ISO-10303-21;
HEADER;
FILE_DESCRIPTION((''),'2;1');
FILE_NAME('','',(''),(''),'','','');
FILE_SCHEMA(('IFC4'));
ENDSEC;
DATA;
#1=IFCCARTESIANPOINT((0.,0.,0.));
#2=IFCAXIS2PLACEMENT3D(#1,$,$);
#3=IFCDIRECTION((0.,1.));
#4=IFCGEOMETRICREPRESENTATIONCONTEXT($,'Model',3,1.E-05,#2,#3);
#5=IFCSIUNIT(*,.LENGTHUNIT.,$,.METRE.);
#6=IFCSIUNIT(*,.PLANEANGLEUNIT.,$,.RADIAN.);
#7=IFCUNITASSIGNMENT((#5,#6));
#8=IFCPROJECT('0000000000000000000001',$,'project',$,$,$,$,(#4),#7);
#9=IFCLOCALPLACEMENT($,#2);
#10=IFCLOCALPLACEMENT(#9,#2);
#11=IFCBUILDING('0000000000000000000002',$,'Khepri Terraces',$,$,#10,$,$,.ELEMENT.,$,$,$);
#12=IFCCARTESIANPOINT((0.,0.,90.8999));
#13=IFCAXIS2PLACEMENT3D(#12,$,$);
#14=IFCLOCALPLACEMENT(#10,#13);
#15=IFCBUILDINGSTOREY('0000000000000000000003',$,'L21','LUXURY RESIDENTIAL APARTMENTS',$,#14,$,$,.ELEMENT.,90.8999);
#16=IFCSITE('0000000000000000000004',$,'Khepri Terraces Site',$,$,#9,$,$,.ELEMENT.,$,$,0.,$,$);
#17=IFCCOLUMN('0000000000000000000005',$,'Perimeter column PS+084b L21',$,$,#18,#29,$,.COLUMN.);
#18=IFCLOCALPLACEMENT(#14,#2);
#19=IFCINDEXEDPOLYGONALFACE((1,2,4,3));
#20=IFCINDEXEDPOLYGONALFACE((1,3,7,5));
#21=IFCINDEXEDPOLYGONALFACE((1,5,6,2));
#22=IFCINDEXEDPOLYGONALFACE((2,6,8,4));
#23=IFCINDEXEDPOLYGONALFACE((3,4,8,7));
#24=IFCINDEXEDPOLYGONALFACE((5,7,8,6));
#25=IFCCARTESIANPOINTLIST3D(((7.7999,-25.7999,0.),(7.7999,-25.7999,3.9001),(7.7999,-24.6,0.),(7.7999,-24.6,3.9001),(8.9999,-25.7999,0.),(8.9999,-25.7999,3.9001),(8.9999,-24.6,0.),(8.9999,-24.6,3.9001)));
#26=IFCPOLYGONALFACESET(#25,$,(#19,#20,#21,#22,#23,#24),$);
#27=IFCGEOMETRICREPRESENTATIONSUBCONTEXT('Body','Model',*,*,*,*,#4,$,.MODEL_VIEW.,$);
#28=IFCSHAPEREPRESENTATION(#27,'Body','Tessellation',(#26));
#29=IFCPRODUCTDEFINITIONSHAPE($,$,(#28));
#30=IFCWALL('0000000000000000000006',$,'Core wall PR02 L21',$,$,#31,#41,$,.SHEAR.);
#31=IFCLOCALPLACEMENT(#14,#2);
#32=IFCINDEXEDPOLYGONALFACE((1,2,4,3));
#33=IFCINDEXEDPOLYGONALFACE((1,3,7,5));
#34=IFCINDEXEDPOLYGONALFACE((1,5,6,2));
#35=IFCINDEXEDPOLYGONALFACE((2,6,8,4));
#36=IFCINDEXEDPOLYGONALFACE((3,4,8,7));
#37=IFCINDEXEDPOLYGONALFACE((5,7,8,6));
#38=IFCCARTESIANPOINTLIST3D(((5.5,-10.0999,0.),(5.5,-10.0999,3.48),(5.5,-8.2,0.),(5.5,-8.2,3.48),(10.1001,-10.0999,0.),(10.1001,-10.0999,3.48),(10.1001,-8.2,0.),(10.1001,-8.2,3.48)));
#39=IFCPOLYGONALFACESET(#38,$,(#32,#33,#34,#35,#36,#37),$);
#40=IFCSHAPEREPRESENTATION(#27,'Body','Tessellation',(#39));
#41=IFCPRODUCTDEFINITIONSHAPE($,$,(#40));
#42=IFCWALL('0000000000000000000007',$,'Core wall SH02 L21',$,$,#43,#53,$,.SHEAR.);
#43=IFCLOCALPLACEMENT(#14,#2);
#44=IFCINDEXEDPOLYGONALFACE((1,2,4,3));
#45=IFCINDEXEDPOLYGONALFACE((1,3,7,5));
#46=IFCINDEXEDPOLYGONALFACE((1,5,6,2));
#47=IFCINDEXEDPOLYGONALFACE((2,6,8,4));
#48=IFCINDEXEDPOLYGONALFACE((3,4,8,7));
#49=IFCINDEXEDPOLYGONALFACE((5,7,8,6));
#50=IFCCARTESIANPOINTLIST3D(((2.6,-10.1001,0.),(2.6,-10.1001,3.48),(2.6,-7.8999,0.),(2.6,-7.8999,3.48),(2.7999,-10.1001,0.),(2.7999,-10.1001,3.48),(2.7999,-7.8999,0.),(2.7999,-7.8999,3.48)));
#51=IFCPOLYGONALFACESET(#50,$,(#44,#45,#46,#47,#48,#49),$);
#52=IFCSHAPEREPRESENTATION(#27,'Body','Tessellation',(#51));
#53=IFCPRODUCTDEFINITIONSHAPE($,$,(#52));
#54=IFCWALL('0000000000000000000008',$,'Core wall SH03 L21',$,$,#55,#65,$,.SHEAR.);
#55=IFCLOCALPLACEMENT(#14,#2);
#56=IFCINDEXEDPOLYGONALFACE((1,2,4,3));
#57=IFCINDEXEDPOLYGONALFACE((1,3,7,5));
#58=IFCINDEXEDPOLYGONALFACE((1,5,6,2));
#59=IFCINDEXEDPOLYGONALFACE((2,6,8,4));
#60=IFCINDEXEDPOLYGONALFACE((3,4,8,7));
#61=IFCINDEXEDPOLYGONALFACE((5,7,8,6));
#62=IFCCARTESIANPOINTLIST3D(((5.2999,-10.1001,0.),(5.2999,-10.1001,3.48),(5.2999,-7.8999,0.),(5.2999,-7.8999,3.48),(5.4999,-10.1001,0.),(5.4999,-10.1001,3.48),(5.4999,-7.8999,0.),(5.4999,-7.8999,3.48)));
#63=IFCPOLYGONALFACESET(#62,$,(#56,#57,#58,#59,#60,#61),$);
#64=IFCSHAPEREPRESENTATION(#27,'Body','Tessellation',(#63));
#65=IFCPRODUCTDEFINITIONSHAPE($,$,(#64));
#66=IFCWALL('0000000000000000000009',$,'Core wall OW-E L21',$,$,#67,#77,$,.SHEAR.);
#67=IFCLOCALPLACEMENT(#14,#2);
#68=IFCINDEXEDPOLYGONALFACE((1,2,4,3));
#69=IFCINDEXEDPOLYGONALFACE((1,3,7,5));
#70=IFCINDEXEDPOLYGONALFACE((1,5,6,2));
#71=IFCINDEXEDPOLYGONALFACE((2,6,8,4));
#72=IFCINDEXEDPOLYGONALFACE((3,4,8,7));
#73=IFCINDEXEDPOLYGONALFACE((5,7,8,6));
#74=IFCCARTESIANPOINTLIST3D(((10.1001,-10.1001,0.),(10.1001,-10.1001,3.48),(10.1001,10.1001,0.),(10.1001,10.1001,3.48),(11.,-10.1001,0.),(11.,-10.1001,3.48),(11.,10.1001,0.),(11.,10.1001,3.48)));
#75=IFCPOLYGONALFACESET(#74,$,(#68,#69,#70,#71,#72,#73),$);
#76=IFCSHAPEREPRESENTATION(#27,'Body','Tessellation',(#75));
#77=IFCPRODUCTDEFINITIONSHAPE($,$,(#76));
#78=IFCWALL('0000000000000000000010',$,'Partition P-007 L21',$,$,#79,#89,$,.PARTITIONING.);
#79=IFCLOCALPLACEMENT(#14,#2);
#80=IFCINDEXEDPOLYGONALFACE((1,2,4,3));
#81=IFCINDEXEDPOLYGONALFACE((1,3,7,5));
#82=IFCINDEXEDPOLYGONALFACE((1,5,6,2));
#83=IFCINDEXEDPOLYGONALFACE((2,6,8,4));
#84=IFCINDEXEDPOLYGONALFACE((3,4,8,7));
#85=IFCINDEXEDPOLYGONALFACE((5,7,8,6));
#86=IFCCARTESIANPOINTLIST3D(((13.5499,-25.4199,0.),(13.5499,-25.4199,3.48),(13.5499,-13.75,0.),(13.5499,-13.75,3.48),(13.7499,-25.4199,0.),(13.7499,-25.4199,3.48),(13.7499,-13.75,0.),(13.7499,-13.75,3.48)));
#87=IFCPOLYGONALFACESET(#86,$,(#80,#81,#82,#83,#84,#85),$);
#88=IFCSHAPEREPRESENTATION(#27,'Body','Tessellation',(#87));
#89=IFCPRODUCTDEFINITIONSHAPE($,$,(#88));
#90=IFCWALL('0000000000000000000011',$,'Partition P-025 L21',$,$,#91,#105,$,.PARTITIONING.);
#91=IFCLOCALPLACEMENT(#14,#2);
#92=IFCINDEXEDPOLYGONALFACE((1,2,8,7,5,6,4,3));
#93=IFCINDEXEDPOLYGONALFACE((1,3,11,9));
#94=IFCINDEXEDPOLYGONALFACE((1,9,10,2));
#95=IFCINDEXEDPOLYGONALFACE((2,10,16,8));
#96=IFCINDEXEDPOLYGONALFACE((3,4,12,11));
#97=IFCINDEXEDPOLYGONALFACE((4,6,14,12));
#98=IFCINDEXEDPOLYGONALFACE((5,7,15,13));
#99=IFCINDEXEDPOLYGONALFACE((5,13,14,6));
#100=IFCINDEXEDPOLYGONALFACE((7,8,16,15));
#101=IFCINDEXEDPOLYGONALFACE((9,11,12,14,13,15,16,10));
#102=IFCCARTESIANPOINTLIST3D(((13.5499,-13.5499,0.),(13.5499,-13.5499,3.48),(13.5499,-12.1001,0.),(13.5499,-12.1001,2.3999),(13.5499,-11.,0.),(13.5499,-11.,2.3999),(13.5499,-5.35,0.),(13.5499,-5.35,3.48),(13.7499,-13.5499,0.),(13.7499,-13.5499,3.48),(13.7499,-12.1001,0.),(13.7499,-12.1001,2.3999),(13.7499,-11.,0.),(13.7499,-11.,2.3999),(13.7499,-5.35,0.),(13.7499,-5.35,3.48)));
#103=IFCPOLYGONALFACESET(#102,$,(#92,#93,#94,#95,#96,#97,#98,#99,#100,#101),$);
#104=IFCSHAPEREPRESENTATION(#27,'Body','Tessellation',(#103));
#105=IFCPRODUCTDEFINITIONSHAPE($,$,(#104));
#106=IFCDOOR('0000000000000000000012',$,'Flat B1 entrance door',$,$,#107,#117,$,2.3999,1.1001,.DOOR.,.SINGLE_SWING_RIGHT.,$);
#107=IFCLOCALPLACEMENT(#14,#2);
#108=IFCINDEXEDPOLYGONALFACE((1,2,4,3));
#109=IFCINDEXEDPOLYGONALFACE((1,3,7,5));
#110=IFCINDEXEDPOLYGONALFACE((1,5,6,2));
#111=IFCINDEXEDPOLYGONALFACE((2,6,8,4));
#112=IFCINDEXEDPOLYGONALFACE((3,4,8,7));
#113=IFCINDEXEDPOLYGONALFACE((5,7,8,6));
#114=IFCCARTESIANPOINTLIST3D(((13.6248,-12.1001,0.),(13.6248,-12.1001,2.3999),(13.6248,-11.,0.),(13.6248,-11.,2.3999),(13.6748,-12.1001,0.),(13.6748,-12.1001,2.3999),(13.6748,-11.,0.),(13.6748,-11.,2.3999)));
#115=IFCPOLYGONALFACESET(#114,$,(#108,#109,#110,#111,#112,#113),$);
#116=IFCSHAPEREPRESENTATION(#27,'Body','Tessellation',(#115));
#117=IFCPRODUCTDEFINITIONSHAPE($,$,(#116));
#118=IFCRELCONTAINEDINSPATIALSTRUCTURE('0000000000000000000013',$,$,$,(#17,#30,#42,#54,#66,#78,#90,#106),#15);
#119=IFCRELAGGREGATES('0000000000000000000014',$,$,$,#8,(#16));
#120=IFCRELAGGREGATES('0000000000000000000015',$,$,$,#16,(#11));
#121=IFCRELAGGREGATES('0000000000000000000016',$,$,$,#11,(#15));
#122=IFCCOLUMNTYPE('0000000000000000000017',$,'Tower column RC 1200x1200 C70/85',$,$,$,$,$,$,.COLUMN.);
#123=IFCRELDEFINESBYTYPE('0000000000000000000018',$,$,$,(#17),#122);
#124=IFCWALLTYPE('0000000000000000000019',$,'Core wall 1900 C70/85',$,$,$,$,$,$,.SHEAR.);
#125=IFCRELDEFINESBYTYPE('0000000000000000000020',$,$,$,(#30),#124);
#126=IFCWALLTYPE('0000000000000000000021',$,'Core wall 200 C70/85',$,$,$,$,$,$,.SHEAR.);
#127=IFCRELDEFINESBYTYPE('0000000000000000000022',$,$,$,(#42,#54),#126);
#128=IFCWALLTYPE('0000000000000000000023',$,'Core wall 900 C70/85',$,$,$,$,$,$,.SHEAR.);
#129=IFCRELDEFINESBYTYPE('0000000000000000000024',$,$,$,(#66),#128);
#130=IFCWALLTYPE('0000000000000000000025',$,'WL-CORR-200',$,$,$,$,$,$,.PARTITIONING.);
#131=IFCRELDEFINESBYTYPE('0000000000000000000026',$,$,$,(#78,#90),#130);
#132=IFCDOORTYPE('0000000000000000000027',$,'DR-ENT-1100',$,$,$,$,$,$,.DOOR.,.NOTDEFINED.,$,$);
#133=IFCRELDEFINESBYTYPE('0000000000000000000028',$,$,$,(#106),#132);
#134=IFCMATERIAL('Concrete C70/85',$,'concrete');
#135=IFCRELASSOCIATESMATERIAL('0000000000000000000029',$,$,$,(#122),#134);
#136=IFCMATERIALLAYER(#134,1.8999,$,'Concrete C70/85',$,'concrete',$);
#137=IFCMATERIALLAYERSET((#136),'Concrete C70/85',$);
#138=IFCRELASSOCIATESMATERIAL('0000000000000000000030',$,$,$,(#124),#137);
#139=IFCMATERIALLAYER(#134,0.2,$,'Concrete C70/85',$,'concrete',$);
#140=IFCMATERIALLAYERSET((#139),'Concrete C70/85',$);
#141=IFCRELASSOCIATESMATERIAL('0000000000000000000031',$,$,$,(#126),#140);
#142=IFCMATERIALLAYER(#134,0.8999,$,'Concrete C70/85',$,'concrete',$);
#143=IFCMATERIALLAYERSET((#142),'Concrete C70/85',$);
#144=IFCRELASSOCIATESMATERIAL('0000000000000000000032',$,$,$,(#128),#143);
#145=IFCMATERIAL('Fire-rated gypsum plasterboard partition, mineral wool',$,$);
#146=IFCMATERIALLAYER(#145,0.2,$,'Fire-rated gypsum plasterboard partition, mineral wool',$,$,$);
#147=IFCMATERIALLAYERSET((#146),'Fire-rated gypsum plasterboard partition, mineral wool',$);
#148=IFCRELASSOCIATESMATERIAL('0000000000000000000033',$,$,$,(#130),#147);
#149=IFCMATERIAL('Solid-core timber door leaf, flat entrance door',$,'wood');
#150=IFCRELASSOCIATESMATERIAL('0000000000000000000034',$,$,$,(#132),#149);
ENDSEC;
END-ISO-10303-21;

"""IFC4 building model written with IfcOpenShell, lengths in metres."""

from ifc_helpers import new_model, si_unit, direction, frame, frame_2d, origin, origin_2d, place, context, subcontext, project, spatial, rectangle, extrude, material, layer, layer_set, material_profile, profile_set, type_object, element, fill, save


model = new_model("IFC4")

# Units and contexts
model_context = context("Model", 3, precision=1e-05, world=origin(), true_north=direction((0.0, 1.0)))
body_context = subcontext(model_context, "Body", "Model", "MODEL_VIEW")
ifc_project = project(units=[si_unit("LENGTHUNIT", "METRE"), si_unit("PLANEANGLEUNIT", "RADIAN")], contexts=[model_context])

# Site, building, storey
site_placement = place(None, origin())
site = spatial("IfcSite", under=ifc_project, at=site_placement, Name="Khepri Terraces Site", CompositionType="ELEMENT", RefElevation=0.0)
building_placement = place(site_placement, origin())
building = spatial("IfcBuilding", under=site, at=building_placement, Name="Khepri Terraces", CompositionType="ELEMENT")
storey_placement = place(building_placement, frame((0.0, 0.0, 90.8999)))
storey = spatial("IfcBuildingStorey", under=building, at=storey_placement, Name="L21", Description="LUXURY RESIDENTIAL APARTMENTS", CompositionType="ELEMENT", Elevation=90.8999)

# Column
ifc_material_1 = material(Name="Concrete C70/85", Category="concrete")
ifc_material_profile = material_profile(ifc_material_1, rectangle(XDim=1.2, YDim=1.2, at=origin_2d()), Name="Concrete C70/85", Category="concrete")
ifc_profile_set = profile_set([ifc_material_profile], Name="Concrete C70/85")
column_type = type_object("IfcColumnType", Name="Tower column RC 1200x1200 C70/85", PredefinedType="COLUMN", material=ifc_profile_set)
column_placement = place(storey_placement, frame((8.3999, -25.2, 0.0), z_axis=(0.0, 0.0, 1.0), x_axis=(1.0, 0.0, 0.0)))
element("IfcColumn", 1, at=column_placement, inside=storey, type_object=column_type, Name="Perimeter column PS+084b L21", PredefinedType="COLUMN", context=body_context, shape_type="SweptSolid", body=[
    extrude(rectangle(XDim=1.2, YDim=1.2, at=origin_2d()), origin(), (0.0, 0.0, 1.0), 3.9001),
])

# Walls
ifc_layer_1 = layer(ifc_material_1, 1.8999, Name="Concrete C70/85", Category="concrete")
ifc_layer_set_1 = layer_set([ifc_layer_1], Name="Concrete C70/85")
wall_type_1 = type_object("IfcWallType", Name="Core wall 1900 C70/85", PredefinedType="SHEAR", material=ifc_layer_set_1)
wall_1_placement = place(storey_placement, frame((5.5, -9.1499, 0.0), z_axis=(0.0, 0.0, 1.0), x_axis=(1.0, 0.0, 0.0)))
element("IfcWall", 2, at=wall_1_placement, inside=storey, type_object=wall_type_1, Name="Core wall PR02 L21", PredefinedType="SHEAR", context=body_context, shape_type="SweptSolid", body=[
    extrude(rectangle(XDim=4.6001, YDim=1.8999, at=frame_2d((2.3, 0.0))), origin(), (0.0, 0.0, 1.0), 3.48),
])
ifc_layer_2 = layer(ifc_material_1, 0.2, Name="Concrete C70/85", Category="concrete")
ifc_layer_set_2 = layer_set([ifc_layer_2], Name="Concrete C70/85")
wall_type_2 = type_object("IfcWallType", Name="Core wall 200 C70/85", PredefinedType="SHEAR", material=ifc_layer_set_2)
for number, where, z_axis, x_axis, name in (
    (3, (2.7, -10.1001, 0.0), (0.0, 0.0, 1.0), (0.0, 1.0, 0.0), "Core wall SH02 L21"),
    (4, (5.3999, -10.1001, 0.0), (0.0, 0.0, 1.0), (0.0, 1.0, 0.0), "Core wall SH03 L21"),
):
    element("IfcWall", number, at=place(storey_placement, frame(where, z_axis=z_axis, x_axis=x_axis)), inside=storey, type_object=wall_type_2, Name=name, PredefinedType="SHEAR", context=body_context, shape_type="SweptSolid", body=[
        extrude(rectangle(XDim=2.2002, YDim=0.2, at=frame_2d((1.1001, 0.0))), origin(), (0.0, 0.0, 1.0), 3.48),
    ])
ifc_layer_3 = layer(ifc_material_1, 0.8999, Name="Concrete C70/85", Category="concrete")
ifc_layer_set_3 = layer_set([ifc_layer_3], Name="Concrete C70/85")
wall_type_3 = type_object("IfcWallType", Name="Core wall 900 C70/85", PredefinedType="SHEAR", material=ifc_layer_set_3)
wall_2_placement = place(storey_placement, frame((10.55, -10.1001, 0.0), z_axis=(0.0, 0.0, 1.0), x_axis=(0.0, 1.0, 0.0)))
element("IfcWall", 5, at=wall_2_placement, inside=storey, type_object=wall_type_3, Name="Core wall OW-E L21", PredefinedType="SHEAR", context=body_context, shape_type="SweptSolid", body=[
    extrude(rectangle(XDim=20.2002, YDim=0.8999, at=frame_2d((10.1001, 0.0))), origin(), (0.0, 0.0, 1.0), 3.48),
])
ifc_material_2 = material(Name="Fire-rated gypsum plasterboard partition, mineral wool")
ifc_layer_4 = layer(ifc_material_2, 0.2, Name="Fire-rated gypsum plasterboard partition, mineral wool")
ifc_layer_set_4 = layer_set([ifc_layer_4], Name="Fire-rated gypsum plasterboard partition, mineral wool")
wall_type_4 = type_object("IfcWallType", Name="WL-CORR-200", PredefinedType="PARTITIONING", material=ifc_layer_set_4)
wall_3_placement = place(storey_placement, frame((13.6499, -25.4199, 0.0), z_axis=(0.0, 0.0, 1.0), x_axis=(0.0, 1.0, 0.0)))
element("IfcWall", 6, at=wall_3_placement, inside=storey, type_object=wall_type_4, Name="Partition P-007 L21", PredefinedType="PARTITIONING", context=body_context, shape_type="SweptSolid", body=[
    extrude(rectangle(XDim=11.6699, YDim=0.2, at=frame_2d((5.835, 0.0))), origin(), (0.0, 0.0, 1.0), 3.48),
])

# Wall, opening, door
wall_4_placement = place(storey_placement, frame((13.6499, -13.55, 0.0), z_axis=(0.0, 0.0, 1.0), x_axis=(0.0, 1.0, 0.0)))
wall_4 = element("IfcWall", 7, at=wall_4_placement, inside=storey, type_object=wall_type_4, Name="Partition P-025 L21", PredefinedType="PARTITIONING", context=body_context, shape_type="SweptSolid", body=[
    extrude(rectangle(XDim=8.2, YDim=0.2, at=frame_2d((4.1001, 0.0))), origin(), (0.0, 0.0, 1.0), 3.48),
])
opening_1_placement = place(wall_4_placement, frame((1.45, 0.0, 0.0)))
opening_1 = element("IfcOpeningElement", 8, at=opening_1_placement, cuts=wall_4, PredefinedType="OPENING", context=body_context, shape_type="SweptSolid", body=[
    extrude(rectangle(XDim=1.1001, YDim=2.3999, at=frame_2d((0.55, 1.2))), frame((0.0, 0.1099, 0.0), z_axis=(0.0, -1.0, 0.0), x_axis=(1.0, 0.0, 0.0)), (0.0, 0.0, 1.0), 0.22),
])
ifc_material_3 = material(Name="Solid-core timber door leaf, flat entrance door", Category="wood")
door_type_1 = type_object("IfcDoorType", Name="DR-ENT-1100", OperationType="NOTDEFINED", PredefinedType="DOOR", material=ifc_material_3)
door_1_placement = place(opening_1_placement, frame((1.1001, 0.0, 0.0), z_axis=(0.0, 0.0, 1.0), x_axis=(-1.0, 0.0, 0.0)))
door_1 = element("IfcDoor", 9, at=door_1_placement, inside=storey, type_object=door_type_1, Name="Flat B1 entrance door", OperationType="SINGLE_SWING_RIGHT", OverallHeight=2.3999, OverallWidth=1.1001, PredefinedType="DOOR", context=body_context, shape_type="SweptSolid", body=[
    extrude(rectangle(XDim=1.1001, YDim=2.3999, at=frame_2d((0.55, 1.2))), frame((0.0, 0.0249, 0.0), z_axis=(0.0, -1.0, 0.0), x_axis=(1.0, 0.0, 0.0)), (0.0, 0.0, 1.0), 0.05),
])
fill(opening_1, door_1)

save(model, "model.ifc")
